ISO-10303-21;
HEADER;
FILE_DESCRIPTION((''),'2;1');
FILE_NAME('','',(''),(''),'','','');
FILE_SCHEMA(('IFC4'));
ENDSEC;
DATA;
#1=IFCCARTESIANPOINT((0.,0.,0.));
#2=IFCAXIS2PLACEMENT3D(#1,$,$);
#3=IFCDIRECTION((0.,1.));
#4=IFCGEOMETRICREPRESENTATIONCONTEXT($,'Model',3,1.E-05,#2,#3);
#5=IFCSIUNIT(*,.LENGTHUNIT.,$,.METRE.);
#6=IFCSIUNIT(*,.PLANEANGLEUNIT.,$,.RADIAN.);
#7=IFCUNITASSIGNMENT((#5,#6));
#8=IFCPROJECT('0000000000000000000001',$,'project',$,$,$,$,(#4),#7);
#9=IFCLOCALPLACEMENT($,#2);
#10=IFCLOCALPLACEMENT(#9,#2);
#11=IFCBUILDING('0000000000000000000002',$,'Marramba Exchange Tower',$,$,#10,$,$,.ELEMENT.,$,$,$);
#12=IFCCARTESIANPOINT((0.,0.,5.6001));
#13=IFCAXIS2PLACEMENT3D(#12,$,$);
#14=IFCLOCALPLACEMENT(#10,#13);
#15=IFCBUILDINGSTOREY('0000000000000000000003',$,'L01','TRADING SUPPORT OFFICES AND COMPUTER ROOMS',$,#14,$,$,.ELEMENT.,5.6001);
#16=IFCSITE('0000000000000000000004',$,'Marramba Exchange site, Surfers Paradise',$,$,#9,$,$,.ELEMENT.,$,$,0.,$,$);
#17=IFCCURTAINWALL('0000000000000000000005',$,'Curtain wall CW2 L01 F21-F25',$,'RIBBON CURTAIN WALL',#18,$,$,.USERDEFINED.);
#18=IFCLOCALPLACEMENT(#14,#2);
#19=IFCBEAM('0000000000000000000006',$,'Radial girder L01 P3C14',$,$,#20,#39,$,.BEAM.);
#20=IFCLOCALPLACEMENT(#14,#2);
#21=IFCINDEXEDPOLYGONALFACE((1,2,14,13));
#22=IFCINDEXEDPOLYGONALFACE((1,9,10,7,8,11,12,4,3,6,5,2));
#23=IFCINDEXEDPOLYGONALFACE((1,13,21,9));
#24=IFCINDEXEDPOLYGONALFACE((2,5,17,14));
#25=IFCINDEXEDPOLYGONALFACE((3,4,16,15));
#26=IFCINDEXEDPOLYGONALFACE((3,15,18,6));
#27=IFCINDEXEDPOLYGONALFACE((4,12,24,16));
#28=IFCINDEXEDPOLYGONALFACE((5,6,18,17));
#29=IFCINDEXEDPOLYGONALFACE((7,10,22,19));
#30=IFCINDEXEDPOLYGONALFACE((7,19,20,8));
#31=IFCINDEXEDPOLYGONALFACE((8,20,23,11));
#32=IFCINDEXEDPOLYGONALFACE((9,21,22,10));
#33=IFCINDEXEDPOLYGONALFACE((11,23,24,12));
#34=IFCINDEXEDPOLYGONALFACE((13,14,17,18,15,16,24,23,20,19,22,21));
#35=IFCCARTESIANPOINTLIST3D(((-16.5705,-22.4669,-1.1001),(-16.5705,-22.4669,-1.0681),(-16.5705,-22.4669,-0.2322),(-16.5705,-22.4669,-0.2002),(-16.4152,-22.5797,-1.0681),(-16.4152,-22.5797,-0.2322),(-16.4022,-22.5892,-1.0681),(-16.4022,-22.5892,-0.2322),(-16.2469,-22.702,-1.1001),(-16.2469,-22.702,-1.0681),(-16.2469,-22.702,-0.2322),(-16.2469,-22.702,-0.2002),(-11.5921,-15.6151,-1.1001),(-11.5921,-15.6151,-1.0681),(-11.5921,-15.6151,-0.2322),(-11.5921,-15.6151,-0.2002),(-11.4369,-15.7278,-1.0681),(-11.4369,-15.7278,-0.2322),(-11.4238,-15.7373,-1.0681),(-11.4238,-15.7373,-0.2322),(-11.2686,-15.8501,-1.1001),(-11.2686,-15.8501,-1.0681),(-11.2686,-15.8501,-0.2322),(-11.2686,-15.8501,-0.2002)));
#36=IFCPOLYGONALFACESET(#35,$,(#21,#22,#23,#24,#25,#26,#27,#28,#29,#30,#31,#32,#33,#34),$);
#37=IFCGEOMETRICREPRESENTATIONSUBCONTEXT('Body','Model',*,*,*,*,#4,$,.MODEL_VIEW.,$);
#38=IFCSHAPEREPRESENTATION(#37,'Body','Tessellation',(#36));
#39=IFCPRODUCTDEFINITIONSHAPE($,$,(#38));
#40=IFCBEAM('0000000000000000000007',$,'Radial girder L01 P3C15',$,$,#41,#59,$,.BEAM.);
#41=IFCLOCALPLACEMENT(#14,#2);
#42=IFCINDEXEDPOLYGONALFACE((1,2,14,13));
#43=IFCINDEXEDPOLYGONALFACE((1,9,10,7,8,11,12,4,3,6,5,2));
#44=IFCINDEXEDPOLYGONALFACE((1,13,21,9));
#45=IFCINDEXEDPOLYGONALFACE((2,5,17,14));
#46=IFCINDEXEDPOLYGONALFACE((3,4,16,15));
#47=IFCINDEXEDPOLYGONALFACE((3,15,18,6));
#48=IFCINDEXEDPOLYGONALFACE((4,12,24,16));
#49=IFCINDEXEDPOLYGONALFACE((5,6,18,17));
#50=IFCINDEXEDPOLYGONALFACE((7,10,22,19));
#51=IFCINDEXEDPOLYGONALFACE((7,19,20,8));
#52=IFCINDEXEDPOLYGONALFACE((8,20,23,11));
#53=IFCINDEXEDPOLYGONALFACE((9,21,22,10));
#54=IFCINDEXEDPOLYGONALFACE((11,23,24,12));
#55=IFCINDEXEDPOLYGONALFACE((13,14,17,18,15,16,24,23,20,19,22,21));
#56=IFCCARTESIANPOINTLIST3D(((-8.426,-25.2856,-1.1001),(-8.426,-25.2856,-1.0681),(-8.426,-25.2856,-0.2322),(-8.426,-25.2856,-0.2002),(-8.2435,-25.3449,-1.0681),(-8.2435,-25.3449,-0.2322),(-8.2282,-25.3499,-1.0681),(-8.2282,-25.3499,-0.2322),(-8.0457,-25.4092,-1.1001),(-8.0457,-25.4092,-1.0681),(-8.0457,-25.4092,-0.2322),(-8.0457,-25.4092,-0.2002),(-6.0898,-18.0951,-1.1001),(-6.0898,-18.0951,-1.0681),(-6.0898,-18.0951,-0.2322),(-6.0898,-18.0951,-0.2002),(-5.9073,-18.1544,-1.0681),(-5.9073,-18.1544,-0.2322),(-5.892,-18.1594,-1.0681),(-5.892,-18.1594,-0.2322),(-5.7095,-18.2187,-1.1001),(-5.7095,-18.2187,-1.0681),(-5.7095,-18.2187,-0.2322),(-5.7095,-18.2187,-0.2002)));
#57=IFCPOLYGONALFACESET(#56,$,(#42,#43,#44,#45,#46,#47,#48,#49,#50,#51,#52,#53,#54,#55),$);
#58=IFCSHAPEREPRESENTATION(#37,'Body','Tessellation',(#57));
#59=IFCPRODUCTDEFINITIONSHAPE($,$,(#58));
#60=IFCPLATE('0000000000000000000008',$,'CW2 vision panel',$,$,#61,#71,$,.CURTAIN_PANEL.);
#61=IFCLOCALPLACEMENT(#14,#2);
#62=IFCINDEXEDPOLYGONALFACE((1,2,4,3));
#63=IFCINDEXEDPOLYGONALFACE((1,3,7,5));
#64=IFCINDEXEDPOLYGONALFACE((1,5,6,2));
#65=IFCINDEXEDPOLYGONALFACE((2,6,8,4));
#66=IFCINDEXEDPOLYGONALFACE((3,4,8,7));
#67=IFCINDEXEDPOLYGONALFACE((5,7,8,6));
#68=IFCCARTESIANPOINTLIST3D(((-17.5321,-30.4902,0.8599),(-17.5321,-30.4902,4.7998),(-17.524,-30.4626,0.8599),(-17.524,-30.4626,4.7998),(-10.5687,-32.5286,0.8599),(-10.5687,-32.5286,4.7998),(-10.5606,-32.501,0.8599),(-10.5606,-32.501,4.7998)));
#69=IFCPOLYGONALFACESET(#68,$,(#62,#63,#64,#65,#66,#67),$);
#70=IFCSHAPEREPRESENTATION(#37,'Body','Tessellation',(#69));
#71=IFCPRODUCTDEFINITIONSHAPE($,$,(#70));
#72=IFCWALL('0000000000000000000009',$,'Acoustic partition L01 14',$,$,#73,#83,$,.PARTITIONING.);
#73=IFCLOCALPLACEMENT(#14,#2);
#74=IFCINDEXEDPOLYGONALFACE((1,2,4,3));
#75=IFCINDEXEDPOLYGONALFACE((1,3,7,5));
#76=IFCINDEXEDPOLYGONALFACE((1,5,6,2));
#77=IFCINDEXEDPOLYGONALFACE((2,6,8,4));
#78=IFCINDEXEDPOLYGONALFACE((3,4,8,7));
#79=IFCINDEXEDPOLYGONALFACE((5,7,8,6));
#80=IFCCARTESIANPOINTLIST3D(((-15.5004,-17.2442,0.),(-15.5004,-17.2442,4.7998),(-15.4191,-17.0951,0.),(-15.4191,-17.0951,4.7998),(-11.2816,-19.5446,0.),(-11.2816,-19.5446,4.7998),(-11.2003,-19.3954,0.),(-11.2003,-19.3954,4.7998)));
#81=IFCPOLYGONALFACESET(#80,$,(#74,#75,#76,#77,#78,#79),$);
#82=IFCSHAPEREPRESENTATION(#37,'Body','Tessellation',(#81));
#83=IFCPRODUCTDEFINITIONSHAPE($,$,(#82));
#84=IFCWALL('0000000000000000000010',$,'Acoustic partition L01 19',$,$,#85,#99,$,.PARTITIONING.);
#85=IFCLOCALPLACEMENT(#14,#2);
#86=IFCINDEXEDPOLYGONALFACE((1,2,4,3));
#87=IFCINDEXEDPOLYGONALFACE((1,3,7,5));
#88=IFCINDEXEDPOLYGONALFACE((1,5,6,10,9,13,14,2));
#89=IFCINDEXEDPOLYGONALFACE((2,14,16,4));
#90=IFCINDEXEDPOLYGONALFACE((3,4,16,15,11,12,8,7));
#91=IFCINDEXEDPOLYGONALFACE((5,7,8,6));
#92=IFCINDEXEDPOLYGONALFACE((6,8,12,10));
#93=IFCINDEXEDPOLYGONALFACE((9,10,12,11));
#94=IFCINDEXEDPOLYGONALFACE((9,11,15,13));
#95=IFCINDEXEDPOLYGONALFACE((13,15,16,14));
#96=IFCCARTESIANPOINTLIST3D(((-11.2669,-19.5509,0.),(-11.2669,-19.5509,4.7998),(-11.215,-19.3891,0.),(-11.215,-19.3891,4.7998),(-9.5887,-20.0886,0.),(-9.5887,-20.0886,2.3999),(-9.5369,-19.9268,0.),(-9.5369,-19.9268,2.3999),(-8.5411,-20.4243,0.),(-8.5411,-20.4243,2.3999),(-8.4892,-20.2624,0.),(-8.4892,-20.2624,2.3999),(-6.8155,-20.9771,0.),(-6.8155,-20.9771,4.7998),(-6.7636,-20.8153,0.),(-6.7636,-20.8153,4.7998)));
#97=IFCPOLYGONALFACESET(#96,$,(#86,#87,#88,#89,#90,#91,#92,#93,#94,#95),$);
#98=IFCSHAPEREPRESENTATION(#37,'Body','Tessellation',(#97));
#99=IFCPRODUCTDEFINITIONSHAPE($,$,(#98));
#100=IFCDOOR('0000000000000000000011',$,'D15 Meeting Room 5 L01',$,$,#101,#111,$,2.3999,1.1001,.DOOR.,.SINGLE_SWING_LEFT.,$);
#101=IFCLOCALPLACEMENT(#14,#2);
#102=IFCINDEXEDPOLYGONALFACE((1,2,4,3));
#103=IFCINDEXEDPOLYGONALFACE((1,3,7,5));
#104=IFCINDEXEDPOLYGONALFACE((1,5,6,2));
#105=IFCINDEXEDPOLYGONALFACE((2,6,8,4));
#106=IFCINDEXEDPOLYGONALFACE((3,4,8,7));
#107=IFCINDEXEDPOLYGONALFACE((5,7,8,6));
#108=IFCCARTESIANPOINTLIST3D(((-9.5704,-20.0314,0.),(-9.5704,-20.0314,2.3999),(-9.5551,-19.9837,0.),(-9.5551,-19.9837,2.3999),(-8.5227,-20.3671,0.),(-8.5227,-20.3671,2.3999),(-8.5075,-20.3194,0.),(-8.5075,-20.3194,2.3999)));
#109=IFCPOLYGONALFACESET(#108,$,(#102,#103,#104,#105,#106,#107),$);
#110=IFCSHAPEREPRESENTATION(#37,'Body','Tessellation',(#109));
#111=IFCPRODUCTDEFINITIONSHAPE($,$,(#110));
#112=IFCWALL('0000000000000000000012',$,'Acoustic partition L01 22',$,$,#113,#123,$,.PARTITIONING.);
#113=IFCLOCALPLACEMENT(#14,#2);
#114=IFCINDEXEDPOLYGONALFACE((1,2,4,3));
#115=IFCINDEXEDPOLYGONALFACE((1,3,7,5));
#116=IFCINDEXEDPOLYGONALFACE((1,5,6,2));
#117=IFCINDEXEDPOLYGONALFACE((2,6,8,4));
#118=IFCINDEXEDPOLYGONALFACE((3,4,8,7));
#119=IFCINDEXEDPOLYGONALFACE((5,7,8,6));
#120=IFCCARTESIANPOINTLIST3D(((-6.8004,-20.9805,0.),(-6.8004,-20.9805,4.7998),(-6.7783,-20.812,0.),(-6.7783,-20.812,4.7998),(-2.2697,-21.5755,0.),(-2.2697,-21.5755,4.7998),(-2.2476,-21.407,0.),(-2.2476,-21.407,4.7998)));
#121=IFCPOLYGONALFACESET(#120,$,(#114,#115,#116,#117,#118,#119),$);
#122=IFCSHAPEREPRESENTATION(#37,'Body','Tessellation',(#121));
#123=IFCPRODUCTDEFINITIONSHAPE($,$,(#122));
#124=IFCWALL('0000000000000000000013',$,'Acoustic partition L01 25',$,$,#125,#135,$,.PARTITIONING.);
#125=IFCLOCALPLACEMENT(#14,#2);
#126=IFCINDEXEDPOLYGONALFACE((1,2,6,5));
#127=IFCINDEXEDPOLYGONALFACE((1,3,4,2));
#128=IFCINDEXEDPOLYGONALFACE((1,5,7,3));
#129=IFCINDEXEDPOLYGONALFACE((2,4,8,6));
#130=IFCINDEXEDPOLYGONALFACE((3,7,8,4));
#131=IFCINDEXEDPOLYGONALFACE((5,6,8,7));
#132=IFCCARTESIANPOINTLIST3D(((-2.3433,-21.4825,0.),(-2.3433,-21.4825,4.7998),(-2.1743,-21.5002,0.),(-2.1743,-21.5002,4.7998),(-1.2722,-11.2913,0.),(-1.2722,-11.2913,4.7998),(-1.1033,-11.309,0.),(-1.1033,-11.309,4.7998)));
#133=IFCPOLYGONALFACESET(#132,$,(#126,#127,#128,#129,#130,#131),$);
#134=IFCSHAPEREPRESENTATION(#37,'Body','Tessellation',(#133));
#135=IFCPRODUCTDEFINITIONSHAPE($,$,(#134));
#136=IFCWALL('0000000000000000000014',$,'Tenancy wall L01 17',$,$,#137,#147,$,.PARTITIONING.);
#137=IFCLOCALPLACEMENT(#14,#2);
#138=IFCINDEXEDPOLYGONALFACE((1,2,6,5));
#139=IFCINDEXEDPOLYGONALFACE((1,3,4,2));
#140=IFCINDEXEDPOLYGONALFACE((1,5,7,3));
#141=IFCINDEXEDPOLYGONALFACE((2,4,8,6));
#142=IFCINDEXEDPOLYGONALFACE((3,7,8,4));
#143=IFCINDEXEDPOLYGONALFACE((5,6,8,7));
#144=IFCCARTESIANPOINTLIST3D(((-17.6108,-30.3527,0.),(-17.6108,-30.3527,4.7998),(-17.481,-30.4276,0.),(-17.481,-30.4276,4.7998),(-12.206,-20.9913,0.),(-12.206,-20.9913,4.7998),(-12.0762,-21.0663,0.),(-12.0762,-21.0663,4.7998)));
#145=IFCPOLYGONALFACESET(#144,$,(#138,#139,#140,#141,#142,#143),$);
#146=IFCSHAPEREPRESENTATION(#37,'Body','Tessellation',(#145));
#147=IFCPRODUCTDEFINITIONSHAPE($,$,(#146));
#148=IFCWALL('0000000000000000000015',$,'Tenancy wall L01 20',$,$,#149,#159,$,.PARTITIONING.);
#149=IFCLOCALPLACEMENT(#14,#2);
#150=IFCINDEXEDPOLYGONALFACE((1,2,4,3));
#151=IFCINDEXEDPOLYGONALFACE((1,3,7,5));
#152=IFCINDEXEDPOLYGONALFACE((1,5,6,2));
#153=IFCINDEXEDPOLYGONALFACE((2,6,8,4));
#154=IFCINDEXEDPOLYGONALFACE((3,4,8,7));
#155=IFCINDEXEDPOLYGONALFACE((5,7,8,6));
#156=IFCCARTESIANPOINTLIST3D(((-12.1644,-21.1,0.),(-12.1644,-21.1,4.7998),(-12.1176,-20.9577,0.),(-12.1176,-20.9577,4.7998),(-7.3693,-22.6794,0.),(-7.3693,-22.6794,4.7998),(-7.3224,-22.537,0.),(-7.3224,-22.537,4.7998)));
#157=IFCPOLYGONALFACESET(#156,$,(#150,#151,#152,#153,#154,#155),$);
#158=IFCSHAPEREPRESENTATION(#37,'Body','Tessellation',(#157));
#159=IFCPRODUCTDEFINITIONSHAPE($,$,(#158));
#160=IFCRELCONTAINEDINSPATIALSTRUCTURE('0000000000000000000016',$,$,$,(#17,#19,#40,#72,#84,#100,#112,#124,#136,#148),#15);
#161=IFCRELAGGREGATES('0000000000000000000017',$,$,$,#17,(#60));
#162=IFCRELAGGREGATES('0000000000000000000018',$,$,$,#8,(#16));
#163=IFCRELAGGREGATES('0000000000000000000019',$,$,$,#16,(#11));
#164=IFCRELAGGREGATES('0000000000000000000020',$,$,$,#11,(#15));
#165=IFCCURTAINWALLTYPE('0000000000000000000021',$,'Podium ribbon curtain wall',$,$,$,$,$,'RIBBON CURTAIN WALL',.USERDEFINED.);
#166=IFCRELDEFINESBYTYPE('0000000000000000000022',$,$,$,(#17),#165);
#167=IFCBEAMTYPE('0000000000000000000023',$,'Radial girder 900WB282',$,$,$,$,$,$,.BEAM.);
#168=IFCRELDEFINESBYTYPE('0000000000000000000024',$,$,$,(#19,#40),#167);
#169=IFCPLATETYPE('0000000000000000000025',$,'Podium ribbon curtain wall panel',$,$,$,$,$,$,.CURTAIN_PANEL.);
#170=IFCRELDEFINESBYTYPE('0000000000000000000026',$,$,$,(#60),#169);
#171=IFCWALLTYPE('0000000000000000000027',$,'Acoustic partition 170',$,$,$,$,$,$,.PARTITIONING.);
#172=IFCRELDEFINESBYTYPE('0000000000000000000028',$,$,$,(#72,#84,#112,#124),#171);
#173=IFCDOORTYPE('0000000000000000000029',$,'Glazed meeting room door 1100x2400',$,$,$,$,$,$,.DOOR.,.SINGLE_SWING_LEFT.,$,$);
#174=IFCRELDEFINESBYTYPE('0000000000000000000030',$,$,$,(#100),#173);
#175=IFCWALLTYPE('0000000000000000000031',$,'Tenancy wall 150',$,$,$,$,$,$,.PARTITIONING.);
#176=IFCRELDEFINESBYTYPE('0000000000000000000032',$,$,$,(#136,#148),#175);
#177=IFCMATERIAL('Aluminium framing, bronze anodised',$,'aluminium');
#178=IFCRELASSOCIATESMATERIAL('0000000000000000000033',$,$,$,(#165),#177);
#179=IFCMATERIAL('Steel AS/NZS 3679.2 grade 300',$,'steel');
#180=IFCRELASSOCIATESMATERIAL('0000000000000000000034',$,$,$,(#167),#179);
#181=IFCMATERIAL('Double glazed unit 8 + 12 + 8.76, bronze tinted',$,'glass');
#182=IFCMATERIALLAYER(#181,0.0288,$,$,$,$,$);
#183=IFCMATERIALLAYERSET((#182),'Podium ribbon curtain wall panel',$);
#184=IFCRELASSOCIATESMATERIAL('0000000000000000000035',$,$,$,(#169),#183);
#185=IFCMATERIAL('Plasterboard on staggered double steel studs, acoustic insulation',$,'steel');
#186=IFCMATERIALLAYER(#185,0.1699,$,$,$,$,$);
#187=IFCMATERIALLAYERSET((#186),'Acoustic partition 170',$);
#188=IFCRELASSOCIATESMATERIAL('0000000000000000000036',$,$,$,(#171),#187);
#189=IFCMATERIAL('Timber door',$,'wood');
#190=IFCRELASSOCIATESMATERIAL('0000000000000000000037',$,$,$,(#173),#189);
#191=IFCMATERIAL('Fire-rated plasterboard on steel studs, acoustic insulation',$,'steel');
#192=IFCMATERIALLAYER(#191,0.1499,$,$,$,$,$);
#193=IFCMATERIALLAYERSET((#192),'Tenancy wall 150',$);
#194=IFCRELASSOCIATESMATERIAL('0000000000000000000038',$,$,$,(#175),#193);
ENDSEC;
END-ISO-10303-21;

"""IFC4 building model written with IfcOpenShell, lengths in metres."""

from ifc_helpers import new_model, si_unit, direction, frame, frame_2d, origin, origin_2d, place, context, subcontext, project, spatial, rectangle, i_section, extrude, material, layer, layer_set, material_profile, profile_set, type_object, element, fill, aggregate, save


model = new_model("IFC4")

# Units and contexts
model_context = context("Model", 3, precision=1e-05, world=origin(), true_north=direction((0.0, 1.0)))
body_context = subcontext(model_context, "Body", "Model", "MODEL_VIEW")
ifc_project = project(units=[si_unit("LENGTHUNIT", "METRE"), si_unit("PLANEANGLEUNIT", "RADIAN")], contexts=[model_context])

# Site, building, storey
site_placement = place(None, origin())
site = spatial("IfcSite", under=ifc_project, at=site_placement, Name="Marramba Exchange site, Surfers Paradise", CompositionType="ELEMENT", RefElevation=0.0)
building_placement = place(site_placement, origin())
building = spatial("IfcBuilding", under=site, at=building_placement, Name="Marramba Exchange Tower", CompositionType="ELEMENT")
storey_placement = place(building_placement, frame((0.0, 0.0, 5.6001)))
storey = spatial("IfcBuildingStorey", under=building, at=storey_placement, Name="L01", Description="TRADING SUPPORT OFFICES AND COMPUTER ROOMS", CompositionType="ELEMENT", Elevation=5.6001)

# Curtain wall
ifc_material_1 = material(Name="Aluminium framing, bronze anodised", Category="aluminium")
curtain_wall_type = type_object("IfcCurtainWallType", Name="Podium ribbon curtain wall", ElementType="RIBBON CURTAIN WALL", PredefinedType="USERDEFINED", material=ifc_material_1)
curtain_wall_placement = place(storey_placement, origin())
curtain_wall = element("IfcCurtainWall", 1, at=curtain_wall_placement, inside=storey, type_object=curtain_wall_type, Name="Curtain wall CW2 L01 F21-F25", ObjectType="RIBBON CURTAIN WALL", PredefinedType="USERDEFINED")

# Beams
ifc_material_2 = material(Name="Steel AS/NZS 3679.2 grade 300", Category="steel")
ifc_material_profile_1 = material_profile(ifc_material_2, i_section(OverallWidth=0.3999, OverallDepth=0.8999, WebThickness=0.0161, FlangeThickness=0.032, at=origin_2d()), Name="900WB282")
ifc_profile_set_1 = profile_set([ifc_material_profile_1], Name="Steel AS/NZS 3679.2 grade 300")
beam_type_1 = type_object("IfcBeamType", Name="Radial girder 900WB282", PredefinedType="BEAM", material=ifc_profile_set_1)
beam_1_placement = place(storey_placement, frame((-16.4087, -22.5845, -0.6501), z_axis=(0.587796, 0.809009, 0.0), x_axis=(-0.809009, 0.587796, 0.0)))
element("IfcBeam", 2, at=beam_1_placement, inside=storey, type_object=beam_type_1, Name="Radial girder L01 P3C14", PredefinedType="BEAM", context=body_context, shape_type="SweptSolid", body=[
    extrude(i_section(OverallWidth=0.3999, OverallDepth=0.8999, WebThickness=0.0161, FlangeThickness=0.032, at=origin_2d()), origin(), (0.0, 0.0, 1.0), 8.4695),
])
beam_2_placement = place(storey_placement, frame((-8.2358, -25.3474, -0.6501), z_axis=(0.309001, 0.951062, 0.0), x_axis=(-0.951062, 0.309001, 0.0)))
element("IfcBeam", 3, at=beam_2_placement, inside=storey, type_object=beam_type_1, Name="Radial girder L01 P3C15", PredefinedType="BEAM", context=body_context, shape_type="SweptSolid", body=[
    extrude(i_section(OverallWidth=0.3999, OverallDepth=0.8999, WebThickness=0.0161, FlangeThickness=0.032, at=origin_2d()), origin(), (0.0, 0.0, 1.0), 7.5605),
])

# Plate
ifc_material_3 = material(Name="Double glazed unit 8 + 12 + 8.76, bronze tinted", Category="glass")
ifc_layer_1 = layer(ifc_material_3, 0.0288)
ifc_layer_set_1 = layer_set([ifc_layer_1], Name="Podium ribbon curtain wall panel")
plate_type = type_object("IfcPlateType", Name="Podium ribbon curtain wall panel", PredefinedType="CURTAIN_PANEL", material=ifc_layer_set_1)
plate_placement = place(storey_placement, frame((-14.0464, -31.4956, 0.8599), z_axis=(0.0, 0.0, 1.0), x_axis=(0.959725, -0.28094, 0.0)))
plate = element("IfcPlate", 4, at=plate_placement, type_object=plate_type, Name="CW2 vision panel", PredefinedType="CURTAIN_PANEL", context=body_context, shape_type="SweptSolid", body=[
    extrude(rectangle(XDim=7.2556, YDim=0.0288, at=origin_2d()), origin(), (0.0, 0.0, 1.0), 3.9399),
])
aggregate(curtain_wall, [plate])

# Wall
ifc_material_4 = material(Name="Plasterboard on staggered double steel studs, acoustic insulation", Category="steel")
ifc_layer_2 = layer(ifc_material_4, 0.1699)
ifc_layer_set_2 = layer_set([ifc_layer_2], Name="Acoustic partition 170")
wall_type_1 = type_object("IfcWallType", Name="Acoustic partition 170", PredefinedType="PARTITIONING", material=ifc_layer_set_2)
wall_1_placement = place(storey_placement, frame((-11.241, -19.47, 0.0), z_axis=(0.0, 0.0, 1.0), x_axis=(-0.877969, 0.478717, 0.0)))
element("IfcWall", 5, at=wall_1_placement, inside=storey, type_object=wall_type_1, Name="Acoustic partition L01 14", PredefinedType="PARTITIONING", context=body_context, shape_type="SweptSolid", body=[
    extrude(rectangle(XDim=4.8052, YDim=0.1699, at=frame_2d((2.4026, 0.0))), origin(), (0.0, 0.0, 1.0), 4.7998),
])

# Wall, opening, door
wall_2_placement = place(storey_placement, frame((-6.7896, -20.8962, 0.0), z_axis=(0.0, 0.0, 1.0), x_axis=(-0.952311, 0.305128, 0.0)))
wall_2 = element("IfcWall", 6, at=wall_2_placement, inside=storey, type_object=wall_type_1, Name="Acoustic partition L01 19", PredefinedType="PARTITIONING", context=body_context, shape_type="SweptSolid", body=[
    extrude(rectangle(XDim=4.6743, YDim=0.1699, at=frame_2d((2.3372, 0.0))), origin(), (0.0, 0.0, 1.0), 4.7998),
])
opening_1_placement = place(wall_2_placement, frame((1.812, 0.0, 0.0)))
opening_1 = element("IfcOpeningElement", 7, at=opening_1_placement, cuts=wall_2, PredefinedType="OPENING", context=body_context, shape_type="SweptSolid", body=[
    extrude(rectangle(XDim=1.1001, YDim=2.3999, at=frame_2d((0.55, 1.2))), frame((0.0, 0.095, 0.0), z_axis=(0.0, -1.0, 0.0), x_axis=(1.0, 0.0, 0.0)), (0.0, 0.0, 1.0), 0.1899),
])
ifc_material_5 = material(Name="Timber door", Category="wood")
door_type_1 = type_object("IfcDoorType", Name="Glazed meeting room door 1100x2400", OperationType="SINGLE_SWING_LEFT", PredefinedType="DOOR", material=ifc_material_5)
door_1_placement = place(opening_1_placement, frame((1.1001, 0.0, 0.0), z_axis=(0.0, 0.0, 1.0), x_axis=(-1.0, 0.0, 0.0)))
door_1 = element("IfcDoor", 8, at=door_1_placement, inside=storey, type_object=door_type_1, Name="D15 Meeting Room 5 L01", OperationType="SINGLE_SWING_LEFT", OverallHeight=2.3999, OverallWidth=1.1001, PredefinedType="DOOR", context=body_context, shape_type="SweptSolid", body=[
    extrude(rectangle(XDim=1.1001, YDim=2.3999, at=frame_2d((0.55, 1.2))), frame((0.0, 0.0251, 0.0), z_axis=(0.0, -1.0, 0.0), x_axis=(1.0, 0.0, 0.0)), (0.0, 0.0, 1.0), 0.05),
])
fill(opening_1, door_1)

# Walls
wall_3_placement = place(storey_placement, frame((-2.2588, -21.4912, 0.0), z_axis=(0.0, 0.0, 1.0), x_axis=(-0.991488, 0.1302, 0.0)))
element("IfcWall", 9, at=wall_3_placement, inside=storey, type_object=wall_type_1, Name="Acoustic partition L01 22", PredefinedType="PARTITIONING", context=body_context, shape_type="SweptSolid", body=[
    extrude(rectangle(XDim=4.5696, YDim=0.1699, at=frame_2d((2.2847, 0.0))), origin(), (0.0, 0.0, 1.0), 4.7998),
])
wall_4_placement = place(storey_placement, frame((-2.2588, -21.4912, 0.0), z_axis=(0.0, 0.0, 1.0), x_axis=(0.10452, 0.994523, 0.0)))
element("IfcWall", 10, at=wall_4_placement, inside=storey, type_object=wall_type_1, Name="Acoustic partition L01 25", PredefinedType="PARTITIONING", context=body_context, shape_type="SweptSolid", body=[
    extrude(rectangle(XDim=10.2473, YDim=0.1699, at=frame_2d((5.1235, 0.0))), origin(), (0.0, 0.0, 1.0), 4.7998),
])
ifc_material_6 = material(Name="Fire-rated plasterboard on steel studs, acoustic insulation", Category="steel")
ifc_layer_3 = layer(ifc_material_6, 0.1499)
ifc_layer_set_3 = layer_set([ifc_layer_3], Name="Tenancy wall 150")
wall_type_2 = type_object("IfcWallType", Name="Tenancy wall 150", PredefinedType="PARTITIONING", material=ifc_layer_set_3)
wall_5_placement = place(storey_placement, frame((-12.1411, -21.0288, 0.0), z_axis=(0.0, 0.0, 1.0), x_axis=(-0.500001, -0.866025, 0.0)))
element("IfcWall", 11, at=wall_5_placement, inside=storey, type_object=wall_type_2, Name="Tenancy wall L01 17", PredefinedType="PARTITIONING", context=body_context, shape_type="SweptSolid", body=[
    extrude(rectangle(XDim=10.8096, YDim=0.1499, at=frame_2d((5.4048, 0.0))), origin(), (0.0, 0.0, 1.0), 4.7998),
])
wall_6_placement = place(storey_placement, frame((-12.1411, -21.0288, 0.0), z_axis=(0.0, 0.0, 1.0), x_axis=(0.949809, -0.312831, 0.0)))
element("IfcWall", 12, at=wall_6_placement, inside=storey, type_object=wall_type_2, Name="Tenancy wall L01 20", PredefinedType="PARTITIONING", context=body_context, shape_type="SweptSolid", body=[
    extrude(rectangle(XDim=5.0486, YDim=0.1499, at=frame_2d((2.5244, 0.0))), origin(), (0.0, 0.0, 1.0), 4.7998),
])

save(model, "model.ifc")
